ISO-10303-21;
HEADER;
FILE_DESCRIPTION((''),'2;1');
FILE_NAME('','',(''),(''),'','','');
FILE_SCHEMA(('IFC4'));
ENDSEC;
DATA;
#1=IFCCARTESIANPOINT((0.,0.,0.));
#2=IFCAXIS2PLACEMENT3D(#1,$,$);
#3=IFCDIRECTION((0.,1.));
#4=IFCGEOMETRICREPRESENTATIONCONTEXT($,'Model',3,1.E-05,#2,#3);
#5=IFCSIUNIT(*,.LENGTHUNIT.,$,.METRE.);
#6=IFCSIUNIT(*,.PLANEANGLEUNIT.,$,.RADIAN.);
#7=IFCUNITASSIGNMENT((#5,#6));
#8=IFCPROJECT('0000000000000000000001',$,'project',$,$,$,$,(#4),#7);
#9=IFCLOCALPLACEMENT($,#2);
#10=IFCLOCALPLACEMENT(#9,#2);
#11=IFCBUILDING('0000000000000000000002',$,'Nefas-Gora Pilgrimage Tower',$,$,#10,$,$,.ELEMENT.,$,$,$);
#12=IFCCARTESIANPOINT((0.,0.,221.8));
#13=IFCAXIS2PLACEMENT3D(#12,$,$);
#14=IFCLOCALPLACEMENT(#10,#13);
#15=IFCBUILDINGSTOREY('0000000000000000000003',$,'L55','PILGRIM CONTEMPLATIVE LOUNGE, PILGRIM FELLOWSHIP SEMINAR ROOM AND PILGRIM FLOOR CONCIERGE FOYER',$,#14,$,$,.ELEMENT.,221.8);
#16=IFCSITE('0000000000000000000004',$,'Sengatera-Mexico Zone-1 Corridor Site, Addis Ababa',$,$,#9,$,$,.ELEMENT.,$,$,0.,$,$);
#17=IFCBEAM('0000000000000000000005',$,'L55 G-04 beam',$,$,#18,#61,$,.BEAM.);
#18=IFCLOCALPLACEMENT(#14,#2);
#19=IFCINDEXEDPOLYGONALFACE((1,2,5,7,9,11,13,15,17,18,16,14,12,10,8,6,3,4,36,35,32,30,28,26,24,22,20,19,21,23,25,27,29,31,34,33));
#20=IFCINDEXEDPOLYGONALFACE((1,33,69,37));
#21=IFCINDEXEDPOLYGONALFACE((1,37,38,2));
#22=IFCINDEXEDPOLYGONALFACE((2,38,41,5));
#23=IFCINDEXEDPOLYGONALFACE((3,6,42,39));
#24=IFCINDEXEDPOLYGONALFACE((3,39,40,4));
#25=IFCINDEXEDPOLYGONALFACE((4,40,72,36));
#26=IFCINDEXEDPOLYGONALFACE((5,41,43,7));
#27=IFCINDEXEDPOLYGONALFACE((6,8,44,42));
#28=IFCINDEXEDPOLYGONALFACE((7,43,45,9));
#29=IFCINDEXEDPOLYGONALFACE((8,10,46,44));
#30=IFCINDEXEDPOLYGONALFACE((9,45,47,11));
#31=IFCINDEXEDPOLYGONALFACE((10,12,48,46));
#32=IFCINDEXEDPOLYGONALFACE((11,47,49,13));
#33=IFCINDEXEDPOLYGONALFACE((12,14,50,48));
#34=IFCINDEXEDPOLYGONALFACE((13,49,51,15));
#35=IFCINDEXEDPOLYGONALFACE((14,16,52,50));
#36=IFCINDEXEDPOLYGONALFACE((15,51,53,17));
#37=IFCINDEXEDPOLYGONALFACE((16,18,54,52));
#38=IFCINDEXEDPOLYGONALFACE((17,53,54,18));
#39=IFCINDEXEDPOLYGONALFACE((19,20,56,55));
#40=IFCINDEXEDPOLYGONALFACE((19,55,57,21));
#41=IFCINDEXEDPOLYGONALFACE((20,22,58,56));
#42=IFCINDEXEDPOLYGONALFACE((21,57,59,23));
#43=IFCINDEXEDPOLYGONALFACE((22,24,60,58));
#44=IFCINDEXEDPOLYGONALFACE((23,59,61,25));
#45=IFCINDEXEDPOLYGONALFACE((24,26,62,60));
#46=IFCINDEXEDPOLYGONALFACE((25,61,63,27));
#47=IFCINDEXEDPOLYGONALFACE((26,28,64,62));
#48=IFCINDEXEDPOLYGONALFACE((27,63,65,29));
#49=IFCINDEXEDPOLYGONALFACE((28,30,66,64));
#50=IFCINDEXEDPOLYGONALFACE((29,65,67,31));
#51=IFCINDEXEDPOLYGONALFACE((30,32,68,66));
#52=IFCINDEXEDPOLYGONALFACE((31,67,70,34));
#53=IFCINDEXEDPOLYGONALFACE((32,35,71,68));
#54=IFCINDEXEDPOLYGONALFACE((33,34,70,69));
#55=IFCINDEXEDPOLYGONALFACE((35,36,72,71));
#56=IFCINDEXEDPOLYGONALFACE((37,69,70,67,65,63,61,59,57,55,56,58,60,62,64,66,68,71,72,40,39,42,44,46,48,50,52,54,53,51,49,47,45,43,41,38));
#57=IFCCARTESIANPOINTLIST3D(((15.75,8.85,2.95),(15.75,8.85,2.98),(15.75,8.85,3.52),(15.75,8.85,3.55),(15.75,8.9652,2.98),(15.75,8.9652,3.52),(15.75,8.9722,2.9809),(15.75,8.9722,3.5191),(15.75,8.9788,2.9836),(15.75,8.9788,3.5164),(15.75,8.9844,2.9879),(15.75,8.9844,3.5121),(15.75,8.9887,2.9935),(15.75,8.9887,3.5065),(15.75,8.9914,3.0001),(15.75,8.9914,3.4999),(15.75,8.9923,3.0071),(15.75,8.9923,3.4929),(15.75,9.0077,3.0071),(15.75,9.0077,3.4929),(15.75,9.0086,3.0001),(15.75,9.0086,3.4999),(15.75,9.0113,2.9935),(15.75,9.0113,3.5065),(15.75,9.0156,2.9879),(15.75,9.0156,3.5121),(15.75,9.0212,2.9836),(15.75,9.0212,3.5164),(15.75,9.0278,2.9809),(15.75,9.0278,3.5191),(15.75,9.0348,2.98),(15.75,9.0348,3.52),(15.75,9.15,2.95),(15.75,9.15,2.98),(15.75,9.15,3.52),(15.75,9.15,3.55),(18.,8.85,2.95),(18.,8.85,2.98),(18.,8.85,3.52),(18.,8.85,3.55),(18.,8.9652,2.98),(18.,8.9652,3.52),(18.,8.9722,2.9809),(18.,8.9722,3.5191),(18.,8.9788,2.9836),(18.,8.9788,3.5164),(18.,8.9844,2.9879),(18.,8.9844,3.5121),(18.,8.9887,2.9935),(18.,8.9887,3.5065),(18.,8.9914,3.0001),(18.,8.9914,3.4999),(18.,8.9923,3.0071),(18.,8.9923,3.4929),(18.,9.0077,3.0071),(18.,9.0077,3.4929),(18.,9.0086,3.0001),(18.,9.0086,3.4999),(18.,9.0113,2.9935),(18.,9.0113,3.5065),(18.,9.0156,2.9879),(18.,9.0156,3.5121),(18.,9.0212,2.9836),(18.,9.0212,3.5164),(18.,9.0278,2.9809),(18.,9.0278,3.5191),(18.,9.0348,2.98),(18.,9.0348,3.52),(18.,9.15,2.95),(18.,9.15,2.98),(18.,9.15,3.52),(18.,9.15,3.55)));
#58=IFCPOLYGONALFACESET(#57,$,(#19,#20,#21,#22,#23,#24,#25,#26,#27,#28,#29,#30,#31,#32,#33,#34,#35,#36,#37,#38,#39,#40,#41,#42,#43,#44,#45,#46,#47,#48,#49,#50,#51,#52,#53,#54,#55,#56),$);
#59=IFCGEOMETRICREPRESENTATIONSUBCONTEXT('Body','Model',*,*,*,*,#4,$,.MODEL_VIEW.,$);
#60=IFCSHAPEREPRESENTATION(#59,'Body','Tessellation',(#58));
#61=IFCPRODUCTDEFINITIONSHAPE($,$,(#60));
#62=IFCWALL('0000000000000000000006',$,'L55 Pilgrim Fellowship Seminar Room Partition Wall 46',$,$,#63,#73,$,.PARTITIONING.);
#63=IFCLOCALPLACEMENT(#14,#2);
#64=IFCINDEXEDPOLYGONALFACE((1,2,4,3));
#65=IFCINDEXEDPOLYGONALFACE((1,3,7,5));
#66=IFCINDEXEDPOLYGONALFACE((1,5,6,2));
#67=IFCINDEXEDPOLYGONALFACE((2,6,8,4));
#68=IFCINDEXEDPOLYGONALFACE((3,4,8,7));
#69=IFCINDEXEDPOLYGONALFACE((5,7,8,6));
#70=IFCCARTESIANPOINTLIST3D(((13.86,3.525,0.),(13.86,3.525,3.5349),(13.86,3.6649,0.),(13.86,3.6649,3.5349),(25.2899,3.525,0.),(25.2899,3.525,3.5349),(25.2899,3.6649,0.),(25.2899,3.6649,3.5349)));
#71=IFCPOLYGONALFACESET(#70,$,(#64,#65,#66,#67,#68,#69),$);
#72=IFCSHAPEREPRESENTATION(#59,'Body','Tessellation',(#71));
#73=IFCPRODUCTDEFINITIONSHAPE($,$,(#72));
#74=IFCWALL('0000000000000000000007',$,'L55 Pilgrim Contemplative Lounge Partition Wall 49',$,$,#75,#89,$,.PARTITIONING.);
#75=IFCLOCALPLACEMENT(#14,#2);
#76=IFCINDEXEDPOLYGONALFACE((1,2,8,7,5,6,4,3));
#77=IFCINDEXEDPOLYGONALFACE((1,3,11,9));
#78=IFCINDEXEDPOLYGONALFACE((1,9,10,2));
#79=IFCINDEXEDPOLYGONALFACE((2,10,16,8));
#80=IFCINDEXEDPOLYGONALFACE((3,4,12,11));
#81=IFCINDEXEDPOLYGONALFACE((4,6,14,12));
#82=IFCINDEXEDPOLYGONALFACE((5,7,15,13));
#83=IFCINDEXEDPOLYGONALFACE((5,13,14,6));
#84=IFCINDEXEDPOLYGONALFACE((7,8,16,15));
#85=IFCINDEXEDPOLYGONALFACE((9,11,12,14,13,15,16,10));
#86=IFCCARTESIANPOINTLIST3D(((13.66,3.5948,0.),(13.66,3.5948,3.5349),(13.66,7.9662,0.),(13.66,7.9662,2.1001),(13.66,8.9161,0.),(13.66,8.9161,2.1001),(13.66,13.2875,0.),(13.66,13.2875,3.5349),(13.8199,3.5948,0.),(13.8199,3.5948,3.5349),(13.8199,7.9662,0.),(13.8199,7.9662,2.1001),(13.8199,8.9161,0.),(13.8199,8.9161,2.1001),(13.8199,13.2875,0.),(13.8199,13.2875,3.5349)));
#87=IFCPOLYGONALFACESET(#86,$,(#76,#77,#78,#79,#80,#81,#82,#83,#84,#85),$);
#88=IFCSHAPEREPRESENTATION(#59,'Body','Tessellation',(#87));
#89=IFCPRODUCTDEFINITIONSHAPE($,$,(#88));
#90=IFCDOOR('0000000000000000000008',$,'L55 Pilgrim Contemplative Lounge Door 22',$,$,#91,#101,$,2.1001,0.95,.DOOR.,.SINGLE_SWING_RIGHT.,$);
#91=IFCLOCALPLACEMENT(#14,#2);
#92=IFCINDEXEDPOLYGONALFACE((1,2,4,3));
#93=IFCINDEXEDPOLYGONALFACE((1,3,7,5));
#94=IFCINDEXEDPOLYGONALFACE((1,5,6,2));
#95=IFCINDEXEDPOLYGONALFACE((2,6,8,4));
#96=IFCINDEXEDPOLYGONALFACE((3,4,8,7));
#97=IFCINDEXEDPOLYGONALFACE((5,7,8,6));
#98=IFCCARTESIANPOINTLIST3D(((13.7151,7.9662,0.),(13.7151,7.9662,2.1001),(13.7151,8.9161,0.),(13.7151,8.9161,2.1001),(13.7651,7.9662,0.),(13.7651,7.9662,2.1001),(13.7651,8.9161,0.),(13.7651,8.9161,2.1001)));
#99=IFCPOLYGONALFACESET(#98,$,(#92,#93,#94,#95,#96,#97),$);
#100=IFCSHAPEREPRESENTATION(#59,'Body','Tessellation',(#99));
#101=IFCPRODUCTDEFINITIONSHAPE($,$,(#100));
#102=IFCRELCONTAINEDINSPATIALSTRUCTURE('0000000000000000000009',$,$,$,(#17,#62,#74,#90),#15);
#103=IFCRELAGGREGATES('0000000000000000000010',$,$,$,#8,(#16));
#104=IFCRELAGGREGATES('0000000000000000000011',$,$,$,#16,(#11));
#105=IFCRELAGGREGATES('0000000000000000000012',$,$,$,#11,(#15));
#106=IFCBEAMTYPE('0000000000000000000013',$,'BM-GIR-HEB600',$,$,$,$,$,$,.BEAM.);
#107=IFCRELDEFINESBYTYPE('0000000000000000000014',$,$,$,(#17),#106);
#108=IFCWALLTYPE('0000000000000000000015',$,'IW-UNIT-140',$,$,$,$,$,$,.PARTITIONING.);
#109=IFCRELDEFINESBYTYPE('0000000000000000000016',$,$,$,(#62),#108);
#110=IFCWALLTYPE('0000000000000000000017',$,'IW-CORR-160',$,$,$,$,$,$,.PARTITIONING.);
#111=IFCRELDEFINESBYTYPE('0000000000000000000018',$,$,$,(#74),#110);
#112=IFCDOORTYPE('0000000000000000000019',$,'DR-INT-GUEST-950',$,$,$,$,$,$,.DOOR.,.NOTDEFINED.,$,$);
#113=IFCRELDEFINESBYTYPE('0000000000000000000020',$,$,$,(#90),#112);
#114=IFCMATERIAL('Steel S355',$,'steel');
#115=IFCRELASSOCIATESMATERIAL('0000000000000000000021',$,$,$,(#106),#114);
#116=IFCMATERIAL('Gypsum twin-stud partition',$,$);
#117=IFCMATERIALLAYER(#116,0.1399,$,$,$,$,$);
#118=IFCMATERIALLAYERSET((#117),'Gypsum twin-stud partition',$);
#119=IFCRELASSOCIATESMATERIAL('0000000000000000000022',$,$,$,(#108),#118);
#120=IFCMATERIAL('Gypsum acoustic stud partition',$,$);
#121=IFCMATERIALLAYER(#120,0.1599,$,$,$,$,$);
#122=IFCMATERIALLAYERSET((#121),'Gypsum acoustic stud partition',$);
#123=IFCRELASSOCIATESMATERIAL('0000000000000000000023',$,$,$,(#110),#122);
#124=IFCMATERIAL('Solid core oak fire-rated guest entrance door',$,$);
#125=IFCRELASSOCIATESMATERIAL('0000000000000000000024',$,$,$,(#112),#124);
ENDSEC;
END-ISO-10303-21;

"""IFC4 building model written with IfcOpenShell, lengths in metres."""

from ifc_helpers import new_model, si_unit, direction, frame, frame_2d, origin, origin_2d, place, context, subcontext, project, spatial, rectangle, i_section, extrude, source, transform, mapped, material, layer, layer_set, material_profile, profile_set, type_object, element, fill, save


model = new_model("IFC4")

# Units and contexts
model_context = context("Model", 3, precision=1e-05, world=origin(), true_north=direction((0.0, 1.0)))
body_context = subcontext(model_context, "Body", "Model", "MODEL_VIEW")
ifc_project = project(units=[si_unit("LENGTHUNIT", "METRE"), si_unit("PLANEANGLEUNIT", "RADIAN")], contexts=[model_context])

# Site, building, storey
site_placement = place(None, origin())
site = spatial("IfcSite", under=ifc_project, at=site_placement, Name="Sengatera-Mexico Zone-1 Corridor Site, Addis Ababa", CompositionType="ELEMENT", RefElevation=0.0)
building_placement = place(site_placement, origin())
building = spatial("IfcBuilding", under=site, at=building_placement, Name="Nefas-Gora Pilgrimage Tower", CompositionType="ELEMENT")
storey_placement = place(building_placement, frame((0.0, 0.0, 221.8)))
storey = spatial("IfcBuildingStorey", under=building, at=storey_placement, Name="L55", Description="PILGRIM CONTEMPLATIVE LOUNGE, PILGRIM FELLOWSHIP SEMINAR ROOM AND PILGRIM FLOOR CONCIERGE FOYER", CompositionType="ELEMENT", Elevation=221.8)

# Beam
ifc_material_1 = material(Name="Steel S355", Category="steel")
ifc_material_profile_1 = material_profile(ifc_material_1, i_section(OverallWidth=0.3, OverallDepth=0.6001, WebThickness=0.0154, FlangeThickness=0.03, FilletRadius=0.0271, at=origin_2d()), Name="HEB 600")
ifc_profile_set_1 = profile_set([ifc_material_profile_1], Name="Steel S355")
beam_type_1 = type_object("IfcBeamType", Name="BM-GIR-HEB600", PredefinedType="BEAM", material=ifc_profile_set_1)
shared_shape_1 = source(origin(), body_context, "Body", "SweptSolid", [
    extrude(i_section(OverallWidth=0.3, OverallDepth=0.6001, WebThickness=0.0154, FlangeThickness=0.03, FilletRadius=0.0271, at=origin_2d()), origin(), (0.0, 0.0, 1.0), 2.25),
])
for number, where, z_axis, x_axis, name in (
    (1, (15.75, 9.0, 3.25), (1.0, 0.0, 0.0), (0.0, 1.0, 0.0), "L55 G-04 beam"),
):
    element("IfcBeam", number, at=place(storey_placement, frame(where, z_axis=z_axis, x_axis=x_axis)), inside=storey, type_object=beam_type_1, Name=name, PredefinedType="BEAM", context=body_context, shape_type="MappedRepresentation", body=[
        mapped(shared_shape_1, transform((0.0, 0.0, 0.0), x_axis=(1.0, 0.0, 0.0), y_axis=(0.0, 1.0, 0.0), z_axis=(0.0, 0.0, 1.0), scale=1.0)),
    ])

# Wall
ifc_material_2 = material(Name="Gypsum twin-stud partition")
ifc_layer_1 = layer(ifc_material_2, 0.1399)
ifc_layer_set_1 = layer_set([ifc_layer_1], Name="Gypsum twin-stud partition")
wall_type_1 = type_object("IfcWallType", Name="IW-UNIT-140", PredefinedType="PARTITIONING", material=ifc_layer_set_1)
shared_shape_2 = source(origin(), body_context, "Body", "SweptSolid", [
    extrude(rectangle(XDim=11.4299, YDim=0.1399, at=frame_2d((5.7148, 0.0))), origin(), (0.0, 0.0, 1.0), 3.5349),
])
wall_1_placement = place(storey_placement, frame((13.8601, 3.595, 0.0), z_axis=(0.0, 0.0, 1.0), x_axis=(1.0, 0.0, 0.0)))
element("IfcWall", 2, at=wall_1_placement, inside=storey, type_object=wall_type_1, Name="L55 Pilgrim Fellowship Seminar Room Partition Wall 46", PredefinedType="PARTITIONING", context=body_context, shape_type="MappedRepresentation", body=[
    mapped(shared_shape_2, transform((0.0, 0.0, 0.0), x_axis=(1.0, 0.0, 0.0), y_axis=(0.0, 1.0, 0.0), z_axis=(0.0, 0.0, 1.0), scale=1.0)),
])

# Wall, opening, door
ifc_material_3 = material(Name="Gypsum acoustic stud partition")
ifc_layer_2 = layer(ifc_material_3, 0.1599)
ifc_layer_set_2 = layer_set([ifc_layer_2], Name="Gypsum acoustic stud partition")
wall_type_2 = type_object("IfcWallType", Name="IW-CORR-160", PredefinedType="PARTITIONING", material=ifc_layer_set_2)
shared_shape_3 = source(origin(), body_context, "Body", "SweptSolid", [
    extrude(rectangle(XDim=9.6926, YDim=0.1599, at=frame_2d((4.8462, 0.0))), origin(), (0.0, 0.0, 1.0), 3.5349),
])
wall_2_placement = place(storey_placement, frame((13.74, 3.595, 0.0), z_axis=(0.0, 0.0, 1.0), x_axis=(0.0, 1.0, 0.0)))
wall_2 = element("IfcWall", 3, at=wall_2_placement, inside=storey, type_object=wall_type_2, Name="L55 Pilgrim Contemplative Lounge Partition Wall 49", PredefinedType="PARTITIONING", context=body_context, shape_type="MappedRepresentation", body=[
    mapped(shared_shape_3, transform((0.0, 0.0, 0.0), x_axis=(1.0, 0.0, 0.0), y_axis=(0.0, 1.0, 0.0), z_axis=(0.0, 0.0, 1.0), scale=1.0)),
])
opening_placement = place(wall_2_placement, frame((4.3711, 0.0, 0.0)))
opening = element("IfcOpeningElement", 4, at=opening_placement, cuts=wall_2, PredefinedType="OPENING", context=body_context, shape_type="SweptSolid", body=[
    extrude(rectangle(XDim=0.95, YDim=2.1001, at=frame_2d((0.4751, 1.05))), frame((0.0, 0.0898, 0.0), z_axis=(0.0, -1.0, 0.0), x_axis=(1.0, 0.0, 0.0)), (0.0, 0.0, 1.0), 0.1799),
])
ifc_material_4 = material(Name="Solid core oak fire-rated guest entrance door")
door_type = type_object("IfcDoorType", Name="DR-INT-GUEST-950", OperationType="NOTDEFINED", PredefinedType="DOOR", material=ifc_material_4)
shared_shape_4 = source(origin(), body_context, "Body", "SweptSolid", [
    extrude(rectangle(XDim=0.95, YDim=2.1001, at=frame_2d((0.4751, 1.05))), frame((0.0, 0.0249, 0.0), z_axis=(0.0, -1.0, 0.0), x_axis=(1.0, 0.0, 0.0)), (0.0, 0.0, 1.0), 0.05),
])
door_placement = place(opening_placement, origin())
door = element("IfcDoor", 5, at=door_placement, inside=storey, type_object=door_type, Name="L55 Pilgrim Contemplative Lounge Door 22", OperationType="SINGLE_SWING_RIGHT", OverallHeight=2.1001, OverallWidth=0.95, PredefinedType="DOOR", context=body_context, shape_type="MappedRepresentation", body=[
    mapped(shared_shape_4, transform((0.0, 0.0, 0.0), x_axis=(1.0, 0.0, 0.0), y_axis=(0.0, 1.0, 0.0), z_axis=(0.0, 0.0, 1.0), scale=1.0)),
])
fill(opening, door)

save(model, "model.ifc")
